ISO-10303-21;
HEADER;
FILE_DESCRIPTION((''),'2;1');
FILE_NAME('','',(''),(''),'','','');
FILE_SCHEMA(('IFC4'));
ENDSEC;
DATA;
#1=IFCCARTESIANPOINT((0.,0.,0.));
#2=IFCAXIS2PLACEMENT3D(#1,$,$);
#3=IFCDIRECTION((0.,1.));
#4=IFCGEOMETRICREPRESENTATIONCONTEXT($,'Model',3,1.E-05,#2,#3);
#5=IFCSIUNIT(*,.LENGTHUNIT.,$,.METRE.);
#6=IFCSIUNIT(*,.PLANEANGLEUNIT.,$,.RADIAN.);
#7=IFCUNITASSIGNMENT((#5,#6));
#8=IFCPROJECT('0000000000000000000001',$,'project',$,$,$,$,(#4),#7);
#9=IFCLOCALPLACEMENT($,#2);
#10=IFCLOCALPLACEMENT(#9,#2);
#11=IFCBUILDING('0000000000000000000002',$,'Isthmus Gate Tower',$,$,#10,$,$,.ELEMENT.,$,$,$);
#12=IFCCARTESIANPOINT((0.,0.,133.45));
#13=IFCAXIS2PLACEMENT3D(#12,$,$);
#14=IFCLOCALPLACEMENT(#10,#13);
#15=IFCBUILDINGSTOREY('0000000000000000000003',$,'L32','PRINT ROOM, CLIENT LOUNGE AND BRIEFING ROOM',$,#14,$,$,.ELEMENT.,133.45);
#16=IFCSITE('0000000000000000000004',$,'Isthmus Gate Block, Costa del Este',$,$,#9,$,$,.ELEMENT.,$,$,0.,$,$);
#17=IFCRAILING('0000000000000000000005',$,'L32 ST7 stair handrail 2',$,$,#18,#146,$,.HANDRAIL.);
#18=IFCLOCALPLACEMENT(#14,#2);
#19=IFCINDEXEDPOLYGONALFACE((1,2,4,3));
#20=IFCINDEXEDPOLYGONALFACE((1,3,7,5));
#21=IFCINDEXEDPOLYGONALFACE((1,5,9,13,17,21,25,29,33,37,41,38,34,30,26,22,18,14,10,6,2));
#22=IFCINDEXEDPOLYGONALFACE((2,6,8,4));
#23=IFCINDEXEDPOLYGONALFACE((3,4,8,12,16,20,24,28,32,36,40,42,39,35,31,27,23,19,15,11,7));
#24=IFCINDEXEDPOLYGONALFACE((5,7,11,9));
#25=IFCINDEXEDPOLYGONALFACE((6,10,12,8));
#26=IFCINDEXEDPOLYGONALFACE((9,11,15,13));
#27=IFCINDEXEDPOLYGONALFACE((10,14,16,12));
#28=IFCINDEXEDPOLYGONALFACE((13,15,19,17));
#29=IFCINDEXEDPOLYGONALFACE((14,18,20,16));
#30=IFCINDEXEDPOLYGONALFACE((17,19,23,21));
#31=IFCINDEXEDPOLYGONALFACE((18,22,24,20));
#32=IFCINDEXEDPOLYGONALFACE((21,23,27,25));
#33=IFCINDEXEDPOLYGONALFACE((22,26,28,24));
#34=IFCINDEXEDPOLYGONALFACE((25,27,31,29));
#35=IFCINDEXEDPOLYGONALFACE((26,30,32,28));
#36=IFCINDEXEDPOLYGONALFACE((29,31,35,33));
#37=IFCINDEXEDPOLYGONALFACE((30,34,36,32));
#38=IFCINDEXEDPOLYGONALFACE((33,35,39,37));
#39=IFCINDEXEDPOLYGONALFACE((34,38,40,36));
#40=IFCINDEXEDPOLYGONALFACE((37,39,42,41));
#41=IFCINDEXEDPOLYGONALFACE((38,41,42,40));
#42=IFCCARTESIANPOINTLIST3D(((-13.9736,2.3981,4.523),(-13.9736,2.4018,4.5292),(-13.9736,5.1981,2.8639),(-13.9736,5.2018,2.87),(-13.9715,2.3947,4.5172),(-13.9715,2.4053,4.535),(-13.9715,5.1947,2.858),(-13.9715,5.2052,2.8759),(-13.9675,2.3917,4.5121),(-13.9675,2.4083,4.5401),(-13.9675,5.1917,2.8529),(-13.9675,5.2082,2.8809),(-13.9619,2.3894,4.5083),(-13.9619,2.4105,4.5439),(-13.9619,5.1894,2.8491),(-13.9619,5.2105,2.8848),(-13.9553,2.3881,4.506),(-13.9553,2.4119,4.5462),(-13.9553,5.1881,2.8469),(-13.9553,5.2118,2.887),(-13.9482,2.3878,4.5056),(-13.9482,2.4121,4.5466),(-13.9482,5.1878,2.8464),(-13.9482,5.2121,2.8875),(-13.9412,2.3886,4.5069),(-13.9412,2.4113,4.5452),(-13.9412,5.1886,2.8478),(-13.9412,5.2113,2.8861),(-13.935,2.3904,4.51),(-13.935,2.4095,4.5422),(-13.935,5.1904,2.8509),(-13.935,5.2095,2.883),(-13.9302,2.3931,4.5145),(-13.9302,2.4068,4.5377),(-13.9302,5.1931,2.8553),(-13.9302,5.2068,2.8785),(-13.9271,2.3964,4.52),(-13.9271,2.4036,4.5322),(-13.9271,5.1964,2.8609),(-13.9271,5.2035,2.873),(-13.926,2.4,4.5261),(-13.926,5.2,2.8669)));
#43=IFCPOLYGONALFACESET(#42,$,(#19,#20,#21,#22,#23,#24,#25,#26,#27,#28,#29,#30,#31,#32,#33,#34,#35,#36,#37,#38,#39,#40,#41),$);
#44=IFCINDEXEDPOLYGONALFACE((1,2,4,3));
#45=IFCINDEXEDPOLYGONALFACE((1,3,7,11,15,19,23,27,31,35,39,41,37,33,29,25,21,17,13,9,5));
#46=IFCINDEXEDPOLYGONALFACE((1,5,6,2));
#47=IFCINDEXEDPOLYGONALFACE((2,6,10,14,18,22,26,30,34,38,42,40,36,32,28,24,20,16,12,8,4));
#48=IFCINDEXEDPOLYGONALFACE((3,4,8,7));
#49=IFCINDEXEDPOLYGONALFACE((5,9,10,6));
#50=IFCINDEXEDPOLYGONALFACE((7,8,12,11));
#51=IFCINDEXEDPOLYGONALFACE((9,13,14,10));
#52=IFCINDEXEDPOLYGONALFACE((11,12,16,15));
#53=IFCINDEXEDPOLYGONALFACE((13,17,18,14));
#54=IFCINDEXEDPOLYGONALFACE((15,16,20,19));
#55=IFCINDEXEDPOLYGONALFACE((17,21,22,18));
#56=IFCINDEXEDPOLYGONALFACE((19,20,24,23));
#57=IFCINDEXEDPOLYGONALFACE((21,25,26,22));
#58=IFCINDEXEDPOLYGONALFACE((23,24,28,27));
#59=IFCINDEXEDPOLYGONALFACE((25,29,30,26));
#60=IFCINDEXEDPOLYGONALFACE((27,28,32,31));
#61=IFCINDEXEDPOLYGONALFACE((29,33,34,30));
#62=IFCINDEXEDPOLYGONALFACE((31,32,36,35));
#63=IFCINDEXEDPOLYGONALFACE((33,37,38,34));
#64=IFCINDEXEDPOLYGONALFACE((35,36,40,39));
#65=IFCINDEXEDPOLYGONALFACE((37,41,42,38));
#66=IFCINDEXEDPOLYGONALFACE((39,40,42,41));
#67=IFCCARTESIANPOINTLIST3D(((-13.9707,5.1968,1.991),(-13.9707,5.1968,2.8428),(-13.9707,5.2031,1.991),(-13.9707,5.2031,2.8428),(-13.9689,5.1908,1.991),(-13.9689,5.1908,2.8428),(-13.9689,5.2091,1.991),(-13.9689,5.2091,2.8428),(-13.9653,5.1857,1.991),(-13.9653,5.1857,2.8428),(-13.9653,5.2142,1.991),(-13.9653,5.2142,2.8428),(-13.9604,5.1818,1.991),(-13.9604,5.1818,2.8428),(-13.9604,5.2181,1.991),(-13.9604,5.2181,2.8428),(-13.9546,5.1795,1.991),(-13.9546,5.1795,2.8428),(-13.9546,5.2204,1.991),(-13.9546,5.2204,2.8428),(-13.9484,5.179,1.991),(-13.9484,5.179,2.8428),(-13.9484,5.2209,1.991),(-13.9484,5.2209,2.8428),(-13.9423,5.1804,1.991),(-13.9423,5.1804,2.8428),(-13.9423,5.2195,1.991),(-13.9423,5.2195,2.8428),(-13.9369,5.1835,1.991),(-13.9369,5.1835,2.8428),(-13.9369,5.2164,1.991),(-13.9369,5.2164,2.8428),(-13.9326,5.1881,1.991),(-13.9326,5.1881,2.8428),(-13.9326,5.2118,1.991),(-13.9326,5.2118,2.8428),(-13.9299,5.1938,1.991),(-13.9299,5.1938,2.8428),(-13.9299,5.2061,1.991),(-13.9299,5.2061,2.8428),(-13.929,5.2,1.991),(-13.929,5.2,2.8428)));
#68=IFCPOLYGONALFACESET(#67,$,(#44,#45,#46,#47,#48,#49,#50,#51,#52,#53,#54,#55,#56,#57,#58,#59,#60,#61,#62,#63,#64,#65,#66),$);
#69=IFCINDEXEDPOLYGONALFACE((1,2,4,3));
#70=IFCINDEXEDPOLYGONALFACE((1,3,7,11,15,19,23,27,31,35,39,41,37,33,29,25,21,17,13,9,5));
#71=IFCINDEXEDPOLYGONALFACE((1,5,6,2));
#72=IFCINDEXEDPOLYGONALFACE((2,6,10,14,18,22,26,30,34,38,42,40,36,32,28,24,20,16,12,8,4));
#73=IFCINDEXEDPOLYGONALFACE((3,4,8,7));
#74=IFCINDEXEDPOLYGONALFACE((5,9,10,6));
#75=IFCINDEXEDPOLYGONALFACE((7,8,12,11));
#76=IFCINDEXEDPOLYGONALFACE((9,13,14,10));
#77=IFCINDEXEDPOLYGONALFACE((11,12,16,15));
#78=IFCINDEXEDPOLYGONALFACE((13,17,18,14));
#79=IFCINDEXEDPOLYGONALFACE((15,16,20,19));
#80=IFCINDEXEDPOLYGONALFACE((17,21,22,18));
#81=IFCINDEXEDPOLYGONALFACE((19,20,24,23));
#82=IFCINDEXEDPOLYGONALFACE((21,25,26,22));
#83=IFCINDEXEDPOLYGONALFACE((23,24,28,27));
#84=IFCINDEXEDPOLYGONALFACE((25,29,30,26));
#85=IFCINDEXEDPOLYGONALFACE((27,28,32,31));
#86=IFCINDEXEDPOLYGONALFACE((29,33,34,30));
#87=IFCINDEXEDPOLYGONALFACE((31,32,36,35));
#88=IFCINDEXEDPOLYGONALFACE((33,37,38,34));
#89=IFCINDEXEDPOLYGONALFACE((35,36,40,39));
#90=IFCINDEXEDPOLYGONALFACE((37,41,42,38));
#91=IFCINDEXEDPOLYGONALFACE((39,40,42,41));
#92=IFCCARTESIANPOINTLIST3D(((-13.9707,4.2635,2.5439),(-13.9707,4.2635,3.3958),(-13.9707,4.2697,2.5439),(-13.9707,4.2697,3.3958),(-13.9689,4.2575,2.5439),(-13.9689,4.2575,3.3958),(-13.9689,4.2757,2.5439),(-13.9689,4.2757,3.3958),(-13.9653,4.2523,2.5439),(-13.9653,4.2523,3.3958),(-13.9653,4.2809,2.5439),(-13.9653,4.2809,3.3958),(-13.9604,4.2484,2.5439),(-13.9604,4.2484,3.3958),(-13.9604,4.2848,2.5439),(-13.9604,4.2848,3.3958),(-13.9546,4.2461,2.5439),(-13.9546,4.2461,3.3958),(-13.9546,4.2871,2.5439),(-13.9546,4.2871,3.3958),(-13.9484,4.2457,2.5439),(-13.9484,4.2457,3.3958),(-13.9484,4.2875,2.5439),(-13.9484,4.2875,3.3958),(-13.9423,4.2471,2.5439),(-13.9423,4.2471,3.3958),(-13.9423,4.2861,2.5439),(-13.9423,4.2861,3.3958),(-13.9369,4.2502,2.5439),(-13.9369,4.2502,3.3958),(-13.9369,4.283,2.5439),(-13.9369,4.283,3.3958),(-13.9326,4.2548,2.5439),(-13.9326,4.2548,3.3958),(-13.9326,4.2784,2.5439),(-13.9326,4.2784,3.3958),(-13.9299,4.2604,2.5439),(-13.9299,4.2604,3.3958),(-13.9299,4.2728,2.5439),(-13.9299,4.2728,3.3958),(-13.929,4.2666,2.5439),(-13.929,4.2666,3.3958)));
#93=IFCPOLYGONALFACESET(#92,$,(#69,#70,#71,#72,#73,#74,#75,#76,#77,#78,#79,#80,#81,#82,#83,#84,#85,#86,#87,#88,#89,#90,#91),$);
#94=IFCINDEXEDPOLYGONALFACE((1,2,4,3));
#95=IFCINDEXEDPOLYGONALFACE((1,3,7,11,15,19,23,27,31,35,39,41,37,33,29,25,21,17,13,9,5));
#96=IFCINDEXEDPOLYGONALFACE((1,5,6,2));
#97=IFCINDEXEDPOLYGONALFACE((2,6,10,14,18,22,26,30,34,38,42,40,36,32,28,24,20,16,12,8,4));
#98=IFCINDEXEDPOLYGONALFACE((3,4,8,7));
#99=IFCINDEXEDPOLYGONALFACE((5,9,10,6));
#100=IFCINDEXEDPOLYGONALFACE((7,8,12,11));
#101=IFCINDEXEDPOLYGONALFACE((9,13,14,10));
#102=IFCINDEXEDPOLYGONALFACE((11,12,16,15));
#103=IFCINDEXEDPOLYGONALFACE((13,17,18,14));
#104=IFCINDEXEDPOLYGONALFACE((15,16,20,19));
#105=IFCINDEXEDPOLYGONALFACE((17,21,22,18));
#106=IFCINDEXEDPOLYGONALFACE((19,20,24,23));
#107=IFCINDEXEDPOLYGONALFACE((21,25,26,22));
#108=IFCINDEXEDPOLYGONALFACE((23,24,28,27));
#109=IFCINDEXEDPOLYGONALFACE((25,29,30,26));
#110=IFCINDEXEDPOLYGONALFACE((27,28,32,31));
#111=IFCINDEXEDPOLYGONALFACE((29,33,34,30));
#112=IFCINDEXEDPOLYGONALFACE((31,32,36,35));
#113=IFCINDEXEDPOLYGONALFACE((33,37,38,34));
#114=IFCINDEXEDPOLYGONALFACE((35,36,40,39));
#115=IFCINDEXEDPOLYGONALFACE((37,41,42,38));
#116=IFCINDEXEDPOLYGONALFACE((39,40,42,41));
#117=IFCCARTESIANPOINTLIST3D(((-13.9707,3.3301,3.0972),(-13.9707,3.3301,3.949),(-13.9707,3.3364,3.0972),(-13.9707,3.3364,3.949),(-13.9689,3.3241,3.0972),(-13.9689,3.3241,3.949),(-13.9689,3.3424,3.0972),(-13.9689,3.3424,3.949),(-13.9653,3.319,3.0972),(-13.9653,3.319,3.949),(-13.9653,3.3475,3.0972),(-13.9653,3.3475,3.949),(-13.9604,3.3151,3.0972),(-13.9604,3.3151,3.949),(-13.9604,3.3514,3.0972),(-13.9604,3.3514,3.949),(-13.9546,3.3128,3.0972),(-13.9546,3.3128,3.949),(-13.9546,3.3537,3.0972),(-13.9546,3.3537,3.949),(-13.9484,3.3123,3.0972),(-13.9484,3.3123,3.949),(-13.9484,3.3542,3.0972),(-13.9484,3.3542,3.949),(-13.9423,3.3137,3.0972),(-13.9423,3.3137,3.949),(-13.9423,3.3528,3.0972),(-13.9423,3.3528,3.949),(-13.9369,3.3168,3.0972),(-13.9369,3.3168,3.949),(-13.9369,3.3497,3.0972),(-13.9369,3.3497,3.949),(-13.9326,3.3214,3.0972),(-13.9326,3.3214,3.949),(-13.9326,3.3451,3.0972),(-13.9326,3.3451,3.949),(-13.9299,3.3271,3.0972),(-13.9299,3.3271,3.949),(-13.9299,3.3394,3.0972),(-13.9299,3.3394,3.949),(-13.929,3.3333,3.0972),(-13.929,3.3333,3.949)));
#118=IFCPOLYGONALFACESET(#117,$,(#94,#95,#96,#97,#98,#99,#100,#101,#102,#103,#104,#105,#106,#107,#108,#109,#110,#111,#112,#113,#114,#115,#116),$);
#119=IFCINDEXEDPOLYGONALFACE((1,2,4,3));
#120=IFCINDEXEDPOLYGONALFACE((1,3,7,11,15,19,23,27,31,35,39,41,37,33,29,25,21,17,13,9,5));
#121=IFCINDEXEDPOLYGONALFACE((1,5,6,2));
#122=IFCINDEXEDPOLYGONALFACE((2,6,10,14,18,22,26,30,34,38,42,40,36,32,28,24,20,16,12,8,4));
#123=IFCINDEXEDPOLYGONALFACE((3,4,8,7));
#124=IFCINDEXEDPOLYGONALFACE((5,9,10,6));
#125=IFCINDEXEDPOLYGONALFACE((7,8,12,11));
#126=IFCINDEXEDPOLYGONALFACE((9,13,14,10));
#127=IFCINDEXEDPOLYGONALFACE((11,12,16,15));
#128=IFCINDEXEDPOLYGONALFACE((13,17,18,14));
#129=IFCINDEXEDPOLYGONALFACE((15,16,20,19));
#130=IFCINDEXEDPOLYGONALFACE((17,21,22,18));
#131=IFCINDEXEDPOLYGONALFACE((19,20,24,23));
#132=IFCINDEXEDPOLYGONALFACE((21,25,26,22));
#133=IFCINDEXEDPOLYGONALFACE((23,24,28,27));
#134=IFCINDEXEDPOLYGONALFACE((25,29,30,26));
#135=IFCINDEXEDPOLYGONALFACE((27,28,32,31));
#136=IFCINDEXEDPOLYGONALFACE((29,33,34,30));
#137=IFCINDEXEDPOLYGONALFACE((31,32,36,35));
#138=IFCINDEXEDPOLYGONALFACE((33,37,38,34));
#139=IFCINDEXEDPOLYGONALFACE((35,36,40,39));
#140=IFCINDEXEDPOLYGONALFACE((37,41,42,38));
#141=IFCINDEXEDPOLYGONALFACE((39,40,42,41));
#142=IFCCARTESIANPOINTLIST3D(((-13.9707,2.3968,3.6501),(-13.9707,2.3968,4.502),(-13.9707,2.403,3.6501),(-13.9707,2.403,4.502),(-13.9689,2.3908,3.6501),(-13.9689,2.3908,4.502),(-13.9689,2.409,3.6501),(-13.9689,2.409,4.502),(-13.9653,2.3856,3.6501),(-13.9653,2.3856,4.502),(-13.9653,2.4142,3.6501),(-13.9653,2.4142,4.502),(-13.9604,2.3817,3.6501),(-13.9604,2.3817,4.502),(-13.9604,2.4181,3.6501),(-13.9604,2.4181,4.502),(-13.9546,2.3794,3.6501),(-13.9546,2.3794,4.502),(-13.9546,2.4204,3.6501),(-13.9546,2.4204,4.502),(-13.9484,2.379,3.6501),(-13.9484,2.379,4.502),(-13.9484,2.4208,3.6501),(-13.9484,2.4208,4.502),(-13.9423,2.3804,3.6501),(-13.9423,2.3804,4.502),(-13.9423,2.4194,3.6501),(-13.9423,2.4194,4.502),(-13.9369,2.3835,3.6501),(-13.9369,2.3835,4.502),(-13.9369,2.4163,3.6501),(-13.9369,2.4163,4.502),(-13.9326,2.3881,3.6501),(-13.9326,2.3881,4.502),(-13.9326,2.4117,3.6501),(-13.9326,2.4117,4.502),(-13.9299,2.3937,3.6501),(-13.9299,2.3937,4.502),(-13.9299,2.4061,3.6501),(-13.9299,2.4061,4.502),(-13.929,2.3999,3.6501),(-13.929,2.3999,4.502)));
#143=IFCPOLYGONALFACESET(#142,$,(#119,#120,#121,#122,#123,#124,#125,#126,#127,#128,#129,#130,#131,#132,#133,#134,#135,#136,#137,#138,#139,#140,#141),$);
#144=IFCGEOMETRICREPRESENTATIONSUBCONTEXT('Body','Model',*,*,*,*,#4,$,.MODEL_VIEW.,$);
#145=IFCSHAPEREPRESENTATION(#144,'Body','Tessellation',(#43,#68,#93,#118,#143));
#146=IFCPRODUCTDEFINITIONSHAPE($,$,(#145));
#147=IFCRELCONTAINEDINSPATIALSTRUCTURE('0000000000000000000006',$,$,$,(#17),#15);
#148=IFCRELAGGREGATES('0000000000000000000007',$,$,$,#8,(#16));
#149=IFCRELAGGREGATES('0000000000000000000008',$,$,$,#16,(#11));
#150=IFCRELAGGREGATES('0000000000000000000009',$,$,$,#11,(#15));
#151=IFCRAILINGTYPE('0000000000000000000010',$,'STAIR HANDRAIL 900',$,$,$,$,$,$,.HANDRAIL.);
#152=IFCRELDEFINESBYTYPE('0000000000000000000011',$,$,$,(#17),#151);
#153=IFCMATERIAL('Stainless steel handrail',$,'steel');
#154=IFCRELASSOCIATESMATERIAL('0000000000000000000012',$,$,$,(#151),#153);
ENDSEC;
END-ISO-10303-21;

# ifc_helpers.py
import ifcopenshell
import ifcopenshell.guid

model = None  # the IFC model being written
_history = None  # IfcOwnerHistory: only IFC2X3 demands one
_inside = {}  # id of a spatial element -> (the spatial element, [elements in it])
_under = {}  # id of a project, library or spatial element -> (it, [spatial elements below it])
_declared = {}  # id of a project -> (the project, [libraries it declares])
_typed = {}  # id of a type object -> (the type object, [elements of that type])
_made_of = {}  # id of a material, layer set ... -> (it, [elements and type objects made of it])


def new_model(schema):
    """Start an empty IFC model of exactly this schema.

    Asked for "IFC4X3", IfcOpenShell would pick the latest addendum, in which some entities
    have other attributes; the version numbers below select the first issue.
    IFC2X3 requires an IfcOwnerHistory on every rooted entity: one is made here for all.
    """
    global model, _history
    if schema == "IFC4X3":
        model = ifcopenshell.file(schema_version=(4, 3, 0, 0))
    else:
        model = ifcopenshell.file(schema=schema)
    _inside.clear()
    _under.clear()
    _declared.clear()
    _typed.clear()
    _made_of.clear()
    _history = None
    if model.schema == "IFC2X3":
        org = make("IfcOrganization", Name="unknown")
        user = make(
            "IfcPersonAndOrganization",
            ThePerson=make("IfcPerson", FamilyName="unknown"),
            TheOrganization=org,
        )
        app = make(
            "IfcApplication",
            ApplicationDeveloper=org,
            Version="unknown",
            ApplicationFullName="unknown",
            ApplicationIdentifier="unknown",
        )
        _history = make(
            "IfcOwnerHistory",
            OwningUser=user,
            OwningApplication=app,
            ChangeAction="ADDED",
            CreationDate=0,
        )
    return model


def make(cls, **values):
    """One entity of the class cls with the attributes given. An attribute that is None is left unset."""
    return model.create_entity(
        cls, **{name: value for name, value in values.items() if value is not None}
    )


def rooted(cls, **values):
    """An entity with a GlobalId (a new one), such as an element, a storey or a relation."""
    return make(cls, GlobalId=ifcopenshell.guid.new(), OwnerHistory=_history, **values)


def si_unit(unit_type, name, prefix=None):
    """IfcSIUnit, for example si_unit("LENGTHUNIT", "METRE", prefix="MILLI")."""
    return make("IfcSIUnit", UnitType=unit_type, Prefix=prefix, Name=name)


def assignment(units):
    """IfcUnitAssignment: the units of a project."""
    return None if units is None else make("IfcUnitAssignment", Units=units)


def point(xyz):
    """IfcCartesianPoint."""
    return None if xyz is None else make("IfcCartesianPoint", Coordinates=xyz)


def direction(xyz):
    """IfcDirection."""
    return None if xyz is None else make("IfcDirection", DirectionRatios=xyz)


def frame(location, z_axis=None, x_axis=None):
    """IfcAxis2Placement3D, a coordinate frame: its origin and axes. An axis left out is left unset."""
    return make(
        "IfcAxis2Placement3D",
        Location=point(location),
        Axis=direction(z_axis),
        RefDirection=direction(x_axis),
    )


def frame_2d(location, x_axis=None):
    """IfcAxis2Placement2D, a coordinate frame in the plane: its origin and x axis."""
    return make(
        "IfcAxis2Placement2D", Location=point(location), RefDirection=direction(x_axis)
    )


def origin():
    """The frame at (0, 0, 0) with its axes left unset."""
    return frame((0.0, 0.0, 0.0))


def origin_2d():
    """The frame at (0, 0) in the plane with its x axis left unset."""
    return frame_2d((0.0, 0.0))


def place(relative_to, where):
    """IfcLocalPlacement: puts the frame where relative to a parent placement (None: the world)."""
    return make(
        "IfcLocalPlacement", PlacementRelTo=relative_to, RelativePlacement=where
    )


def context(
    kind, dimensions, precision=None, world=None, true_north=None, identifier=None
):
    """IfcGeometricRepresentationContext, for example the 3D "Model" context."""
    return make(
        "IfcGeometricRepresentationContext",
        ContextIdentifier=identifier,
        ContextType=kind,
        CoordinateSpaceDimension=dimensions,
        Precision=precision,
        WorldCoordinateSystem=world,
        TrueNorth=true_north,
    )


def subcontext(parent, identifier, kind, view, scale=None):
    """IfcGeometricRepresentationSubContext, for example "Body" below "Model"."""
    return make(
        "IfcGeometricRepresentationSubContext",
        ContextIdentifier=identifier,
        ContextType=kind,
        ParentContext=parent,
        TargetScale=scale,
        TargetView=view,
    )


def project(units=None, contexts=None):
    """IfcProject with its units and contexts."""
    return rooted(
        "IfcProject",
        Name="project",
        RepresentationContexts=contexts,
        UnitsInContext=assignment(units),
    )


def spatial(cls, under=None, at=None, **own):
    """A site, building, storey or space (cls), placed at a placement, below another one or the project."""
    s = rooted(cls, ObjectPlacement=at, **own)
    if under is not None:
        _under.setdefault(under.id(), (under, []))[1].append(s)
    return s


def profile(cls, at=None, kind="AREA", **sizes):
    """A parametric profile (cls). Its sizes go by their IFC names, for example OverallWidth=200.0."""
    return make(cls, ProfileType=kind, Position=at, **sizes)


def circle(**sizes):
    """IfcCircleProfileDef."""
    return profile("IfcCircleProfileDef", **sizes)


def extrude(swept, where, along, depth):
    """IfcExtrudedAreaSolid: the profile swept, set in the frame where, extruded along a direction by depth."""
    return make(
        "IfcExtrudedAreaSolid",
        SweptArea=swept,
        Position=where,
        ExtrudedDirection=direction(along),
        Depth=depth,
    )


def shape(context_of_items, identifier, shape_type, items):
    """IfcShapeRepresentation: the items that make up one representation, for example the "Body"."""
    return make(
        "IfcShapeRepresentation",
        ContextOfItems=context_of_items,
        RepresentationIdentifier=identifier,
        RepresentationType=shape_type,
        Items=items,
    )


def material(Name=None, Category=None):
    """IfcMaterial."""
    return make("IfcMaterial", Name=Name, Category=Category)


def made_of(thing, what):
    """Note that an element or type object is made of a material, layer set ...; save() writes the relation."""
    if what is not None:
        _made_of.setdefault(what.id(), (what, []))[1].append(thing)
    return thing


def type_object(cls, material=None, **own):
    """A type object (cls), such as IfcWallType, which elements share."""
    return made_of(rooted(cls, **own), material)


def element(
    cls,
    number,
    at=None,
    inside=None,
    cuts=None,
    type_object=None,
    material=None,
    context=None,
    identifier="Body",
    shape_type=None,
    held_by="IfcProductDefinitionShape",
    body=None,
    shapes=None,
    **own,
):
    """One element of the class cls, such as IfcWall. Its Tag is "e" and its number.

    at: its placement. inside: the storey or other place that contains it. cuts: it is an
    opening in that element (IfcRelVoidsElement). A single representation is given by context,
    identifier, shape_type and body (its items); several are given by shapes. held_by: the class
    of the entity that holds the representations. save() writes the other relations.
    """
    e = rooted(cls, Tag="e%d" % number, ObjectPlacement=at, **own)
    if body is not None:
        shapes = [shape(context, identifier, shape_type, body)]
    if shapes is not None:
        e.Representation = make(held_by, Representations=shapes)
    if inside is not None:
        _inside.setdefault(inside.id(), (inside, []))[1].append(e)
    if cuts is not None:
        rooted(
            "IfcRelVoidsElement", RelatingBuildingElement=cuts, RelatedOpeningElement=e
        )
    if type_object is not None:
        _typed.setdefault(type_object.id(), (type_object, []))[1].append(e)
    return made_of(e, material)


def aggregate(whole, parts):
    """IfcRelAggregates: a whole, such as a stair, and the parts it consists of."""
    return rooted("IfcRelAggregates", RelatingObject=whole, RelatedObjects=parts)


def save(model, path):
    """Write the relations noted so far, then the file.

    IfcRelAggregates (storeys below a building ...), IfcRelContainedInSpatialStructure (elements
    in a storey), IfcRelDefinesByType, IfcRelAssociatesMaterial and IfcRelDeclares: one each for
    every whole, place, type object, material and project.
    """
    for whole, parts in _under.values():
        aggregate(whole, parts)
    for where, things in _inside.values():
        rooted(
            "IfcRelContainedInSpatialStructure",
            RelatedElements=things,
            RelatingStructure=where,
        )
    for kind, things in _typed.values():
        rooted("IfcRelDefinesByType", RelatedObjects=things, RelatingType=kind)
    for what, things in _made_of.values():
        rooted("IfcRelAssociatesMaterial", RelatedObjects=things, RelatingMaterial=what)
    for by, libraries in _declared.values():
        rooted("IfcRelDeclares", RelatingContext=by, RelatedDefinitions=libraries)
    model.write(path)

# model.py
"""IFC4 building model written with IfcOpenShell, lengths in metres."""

from ifc_helpers import new_model, si_unit, direction, frame, origin, origin_2d, place, context, subcontext, project, spatial, circle, extrude, material, type_object, element, save


model = new_model("IFC4")

# Units and contexts
model_context = context("Model", 3, precision=1e-05, world=origin(), true_north=direction((0.0, 1.0)))
body_context = subcontext(model_context, "Body", "Model", "MODEL_VIEW")
ifc_project = project(units=[si_unit("LENGTHUNIT", "METRE"), si_unit("PLANEANGLEUNIT", "RADIAN")], contexts=[model_context])

# Site, building, storey
site_placement = place(None, origin())
site = spatial("IfcSite", under=ifc_project, at=site_placement, Name="Isthmus Gate Block, Costa del Este", CompositionType="ELEMENT", RefElevation=0.0)
building_placement = place(site_placement, origin())
building = spatial("IfcBuilding", under=site, at=building_placement, Name="Isthmus Gate Tower", CompositionType="ELEMENT")
storey_placement = place(building_placement, frame((0.0, 0.0, 133.45)))
storey = spatial("IfcBuildingStorey", under=building, at=storey_placement, Name="L32", Description="PRINT ROOM, CLIENT LOUNGE AND BRIEFING ROOM", CompositionType="ELEMENT", Elevation=133.45)

# Railing
ifc_material_1 = material(Name="Stainless steel handrail", Category="steel")
railing_type = type_object("IfcRailingType", Name="STAIR HANDRAIL 900", PredefinedType="HANDRAIL", material=ifc_material_1)
railing_1_placement = place(storey_placement, frame((-13.95, 5.2, 1.991)))
element("IfcRailing", 1, at=railing_1_placement, inside=storey, type_object=railing_type, Name="L32 ST7 stair handrail 2", PredefinedType="HANDRAIL", context=body_context, shape_type="SweptSolid", body=[
    extrude(circle(Radius=0.0239, at=origin_2d()), frame((0.0, 0.0, 0.876), z_axis=(0.0, -0.860306, 0.509778), x_axis=(1.0, 0.0, 0.0)), (0.0, 0.0, 1.0), 3.2546),
    extrude(circle(Radius=0.021, at=origin_2d()), origin(), (0.0, 0.0, 1.0), 0.8518),
    extrude(circle(Radius=0.021, at=origin_2d()), frame((0.0, -0.9333, 0.553)), (0.0, 0.0, 1.0), 0.8518),
    extrude(circle(Radius=0.021, at=origin_2d()), frame((0.0, -1.8667, 1.1062)), (0.0, 0.0, 1.0), 0.8518),
    extrude(circle(Radius=0.021, at=origin_2d()), frame((0.0, -2.8, 1.6592)), (0.0, 0.0, 1.0), 0.8518),
])

save(model, "model.ifc")
